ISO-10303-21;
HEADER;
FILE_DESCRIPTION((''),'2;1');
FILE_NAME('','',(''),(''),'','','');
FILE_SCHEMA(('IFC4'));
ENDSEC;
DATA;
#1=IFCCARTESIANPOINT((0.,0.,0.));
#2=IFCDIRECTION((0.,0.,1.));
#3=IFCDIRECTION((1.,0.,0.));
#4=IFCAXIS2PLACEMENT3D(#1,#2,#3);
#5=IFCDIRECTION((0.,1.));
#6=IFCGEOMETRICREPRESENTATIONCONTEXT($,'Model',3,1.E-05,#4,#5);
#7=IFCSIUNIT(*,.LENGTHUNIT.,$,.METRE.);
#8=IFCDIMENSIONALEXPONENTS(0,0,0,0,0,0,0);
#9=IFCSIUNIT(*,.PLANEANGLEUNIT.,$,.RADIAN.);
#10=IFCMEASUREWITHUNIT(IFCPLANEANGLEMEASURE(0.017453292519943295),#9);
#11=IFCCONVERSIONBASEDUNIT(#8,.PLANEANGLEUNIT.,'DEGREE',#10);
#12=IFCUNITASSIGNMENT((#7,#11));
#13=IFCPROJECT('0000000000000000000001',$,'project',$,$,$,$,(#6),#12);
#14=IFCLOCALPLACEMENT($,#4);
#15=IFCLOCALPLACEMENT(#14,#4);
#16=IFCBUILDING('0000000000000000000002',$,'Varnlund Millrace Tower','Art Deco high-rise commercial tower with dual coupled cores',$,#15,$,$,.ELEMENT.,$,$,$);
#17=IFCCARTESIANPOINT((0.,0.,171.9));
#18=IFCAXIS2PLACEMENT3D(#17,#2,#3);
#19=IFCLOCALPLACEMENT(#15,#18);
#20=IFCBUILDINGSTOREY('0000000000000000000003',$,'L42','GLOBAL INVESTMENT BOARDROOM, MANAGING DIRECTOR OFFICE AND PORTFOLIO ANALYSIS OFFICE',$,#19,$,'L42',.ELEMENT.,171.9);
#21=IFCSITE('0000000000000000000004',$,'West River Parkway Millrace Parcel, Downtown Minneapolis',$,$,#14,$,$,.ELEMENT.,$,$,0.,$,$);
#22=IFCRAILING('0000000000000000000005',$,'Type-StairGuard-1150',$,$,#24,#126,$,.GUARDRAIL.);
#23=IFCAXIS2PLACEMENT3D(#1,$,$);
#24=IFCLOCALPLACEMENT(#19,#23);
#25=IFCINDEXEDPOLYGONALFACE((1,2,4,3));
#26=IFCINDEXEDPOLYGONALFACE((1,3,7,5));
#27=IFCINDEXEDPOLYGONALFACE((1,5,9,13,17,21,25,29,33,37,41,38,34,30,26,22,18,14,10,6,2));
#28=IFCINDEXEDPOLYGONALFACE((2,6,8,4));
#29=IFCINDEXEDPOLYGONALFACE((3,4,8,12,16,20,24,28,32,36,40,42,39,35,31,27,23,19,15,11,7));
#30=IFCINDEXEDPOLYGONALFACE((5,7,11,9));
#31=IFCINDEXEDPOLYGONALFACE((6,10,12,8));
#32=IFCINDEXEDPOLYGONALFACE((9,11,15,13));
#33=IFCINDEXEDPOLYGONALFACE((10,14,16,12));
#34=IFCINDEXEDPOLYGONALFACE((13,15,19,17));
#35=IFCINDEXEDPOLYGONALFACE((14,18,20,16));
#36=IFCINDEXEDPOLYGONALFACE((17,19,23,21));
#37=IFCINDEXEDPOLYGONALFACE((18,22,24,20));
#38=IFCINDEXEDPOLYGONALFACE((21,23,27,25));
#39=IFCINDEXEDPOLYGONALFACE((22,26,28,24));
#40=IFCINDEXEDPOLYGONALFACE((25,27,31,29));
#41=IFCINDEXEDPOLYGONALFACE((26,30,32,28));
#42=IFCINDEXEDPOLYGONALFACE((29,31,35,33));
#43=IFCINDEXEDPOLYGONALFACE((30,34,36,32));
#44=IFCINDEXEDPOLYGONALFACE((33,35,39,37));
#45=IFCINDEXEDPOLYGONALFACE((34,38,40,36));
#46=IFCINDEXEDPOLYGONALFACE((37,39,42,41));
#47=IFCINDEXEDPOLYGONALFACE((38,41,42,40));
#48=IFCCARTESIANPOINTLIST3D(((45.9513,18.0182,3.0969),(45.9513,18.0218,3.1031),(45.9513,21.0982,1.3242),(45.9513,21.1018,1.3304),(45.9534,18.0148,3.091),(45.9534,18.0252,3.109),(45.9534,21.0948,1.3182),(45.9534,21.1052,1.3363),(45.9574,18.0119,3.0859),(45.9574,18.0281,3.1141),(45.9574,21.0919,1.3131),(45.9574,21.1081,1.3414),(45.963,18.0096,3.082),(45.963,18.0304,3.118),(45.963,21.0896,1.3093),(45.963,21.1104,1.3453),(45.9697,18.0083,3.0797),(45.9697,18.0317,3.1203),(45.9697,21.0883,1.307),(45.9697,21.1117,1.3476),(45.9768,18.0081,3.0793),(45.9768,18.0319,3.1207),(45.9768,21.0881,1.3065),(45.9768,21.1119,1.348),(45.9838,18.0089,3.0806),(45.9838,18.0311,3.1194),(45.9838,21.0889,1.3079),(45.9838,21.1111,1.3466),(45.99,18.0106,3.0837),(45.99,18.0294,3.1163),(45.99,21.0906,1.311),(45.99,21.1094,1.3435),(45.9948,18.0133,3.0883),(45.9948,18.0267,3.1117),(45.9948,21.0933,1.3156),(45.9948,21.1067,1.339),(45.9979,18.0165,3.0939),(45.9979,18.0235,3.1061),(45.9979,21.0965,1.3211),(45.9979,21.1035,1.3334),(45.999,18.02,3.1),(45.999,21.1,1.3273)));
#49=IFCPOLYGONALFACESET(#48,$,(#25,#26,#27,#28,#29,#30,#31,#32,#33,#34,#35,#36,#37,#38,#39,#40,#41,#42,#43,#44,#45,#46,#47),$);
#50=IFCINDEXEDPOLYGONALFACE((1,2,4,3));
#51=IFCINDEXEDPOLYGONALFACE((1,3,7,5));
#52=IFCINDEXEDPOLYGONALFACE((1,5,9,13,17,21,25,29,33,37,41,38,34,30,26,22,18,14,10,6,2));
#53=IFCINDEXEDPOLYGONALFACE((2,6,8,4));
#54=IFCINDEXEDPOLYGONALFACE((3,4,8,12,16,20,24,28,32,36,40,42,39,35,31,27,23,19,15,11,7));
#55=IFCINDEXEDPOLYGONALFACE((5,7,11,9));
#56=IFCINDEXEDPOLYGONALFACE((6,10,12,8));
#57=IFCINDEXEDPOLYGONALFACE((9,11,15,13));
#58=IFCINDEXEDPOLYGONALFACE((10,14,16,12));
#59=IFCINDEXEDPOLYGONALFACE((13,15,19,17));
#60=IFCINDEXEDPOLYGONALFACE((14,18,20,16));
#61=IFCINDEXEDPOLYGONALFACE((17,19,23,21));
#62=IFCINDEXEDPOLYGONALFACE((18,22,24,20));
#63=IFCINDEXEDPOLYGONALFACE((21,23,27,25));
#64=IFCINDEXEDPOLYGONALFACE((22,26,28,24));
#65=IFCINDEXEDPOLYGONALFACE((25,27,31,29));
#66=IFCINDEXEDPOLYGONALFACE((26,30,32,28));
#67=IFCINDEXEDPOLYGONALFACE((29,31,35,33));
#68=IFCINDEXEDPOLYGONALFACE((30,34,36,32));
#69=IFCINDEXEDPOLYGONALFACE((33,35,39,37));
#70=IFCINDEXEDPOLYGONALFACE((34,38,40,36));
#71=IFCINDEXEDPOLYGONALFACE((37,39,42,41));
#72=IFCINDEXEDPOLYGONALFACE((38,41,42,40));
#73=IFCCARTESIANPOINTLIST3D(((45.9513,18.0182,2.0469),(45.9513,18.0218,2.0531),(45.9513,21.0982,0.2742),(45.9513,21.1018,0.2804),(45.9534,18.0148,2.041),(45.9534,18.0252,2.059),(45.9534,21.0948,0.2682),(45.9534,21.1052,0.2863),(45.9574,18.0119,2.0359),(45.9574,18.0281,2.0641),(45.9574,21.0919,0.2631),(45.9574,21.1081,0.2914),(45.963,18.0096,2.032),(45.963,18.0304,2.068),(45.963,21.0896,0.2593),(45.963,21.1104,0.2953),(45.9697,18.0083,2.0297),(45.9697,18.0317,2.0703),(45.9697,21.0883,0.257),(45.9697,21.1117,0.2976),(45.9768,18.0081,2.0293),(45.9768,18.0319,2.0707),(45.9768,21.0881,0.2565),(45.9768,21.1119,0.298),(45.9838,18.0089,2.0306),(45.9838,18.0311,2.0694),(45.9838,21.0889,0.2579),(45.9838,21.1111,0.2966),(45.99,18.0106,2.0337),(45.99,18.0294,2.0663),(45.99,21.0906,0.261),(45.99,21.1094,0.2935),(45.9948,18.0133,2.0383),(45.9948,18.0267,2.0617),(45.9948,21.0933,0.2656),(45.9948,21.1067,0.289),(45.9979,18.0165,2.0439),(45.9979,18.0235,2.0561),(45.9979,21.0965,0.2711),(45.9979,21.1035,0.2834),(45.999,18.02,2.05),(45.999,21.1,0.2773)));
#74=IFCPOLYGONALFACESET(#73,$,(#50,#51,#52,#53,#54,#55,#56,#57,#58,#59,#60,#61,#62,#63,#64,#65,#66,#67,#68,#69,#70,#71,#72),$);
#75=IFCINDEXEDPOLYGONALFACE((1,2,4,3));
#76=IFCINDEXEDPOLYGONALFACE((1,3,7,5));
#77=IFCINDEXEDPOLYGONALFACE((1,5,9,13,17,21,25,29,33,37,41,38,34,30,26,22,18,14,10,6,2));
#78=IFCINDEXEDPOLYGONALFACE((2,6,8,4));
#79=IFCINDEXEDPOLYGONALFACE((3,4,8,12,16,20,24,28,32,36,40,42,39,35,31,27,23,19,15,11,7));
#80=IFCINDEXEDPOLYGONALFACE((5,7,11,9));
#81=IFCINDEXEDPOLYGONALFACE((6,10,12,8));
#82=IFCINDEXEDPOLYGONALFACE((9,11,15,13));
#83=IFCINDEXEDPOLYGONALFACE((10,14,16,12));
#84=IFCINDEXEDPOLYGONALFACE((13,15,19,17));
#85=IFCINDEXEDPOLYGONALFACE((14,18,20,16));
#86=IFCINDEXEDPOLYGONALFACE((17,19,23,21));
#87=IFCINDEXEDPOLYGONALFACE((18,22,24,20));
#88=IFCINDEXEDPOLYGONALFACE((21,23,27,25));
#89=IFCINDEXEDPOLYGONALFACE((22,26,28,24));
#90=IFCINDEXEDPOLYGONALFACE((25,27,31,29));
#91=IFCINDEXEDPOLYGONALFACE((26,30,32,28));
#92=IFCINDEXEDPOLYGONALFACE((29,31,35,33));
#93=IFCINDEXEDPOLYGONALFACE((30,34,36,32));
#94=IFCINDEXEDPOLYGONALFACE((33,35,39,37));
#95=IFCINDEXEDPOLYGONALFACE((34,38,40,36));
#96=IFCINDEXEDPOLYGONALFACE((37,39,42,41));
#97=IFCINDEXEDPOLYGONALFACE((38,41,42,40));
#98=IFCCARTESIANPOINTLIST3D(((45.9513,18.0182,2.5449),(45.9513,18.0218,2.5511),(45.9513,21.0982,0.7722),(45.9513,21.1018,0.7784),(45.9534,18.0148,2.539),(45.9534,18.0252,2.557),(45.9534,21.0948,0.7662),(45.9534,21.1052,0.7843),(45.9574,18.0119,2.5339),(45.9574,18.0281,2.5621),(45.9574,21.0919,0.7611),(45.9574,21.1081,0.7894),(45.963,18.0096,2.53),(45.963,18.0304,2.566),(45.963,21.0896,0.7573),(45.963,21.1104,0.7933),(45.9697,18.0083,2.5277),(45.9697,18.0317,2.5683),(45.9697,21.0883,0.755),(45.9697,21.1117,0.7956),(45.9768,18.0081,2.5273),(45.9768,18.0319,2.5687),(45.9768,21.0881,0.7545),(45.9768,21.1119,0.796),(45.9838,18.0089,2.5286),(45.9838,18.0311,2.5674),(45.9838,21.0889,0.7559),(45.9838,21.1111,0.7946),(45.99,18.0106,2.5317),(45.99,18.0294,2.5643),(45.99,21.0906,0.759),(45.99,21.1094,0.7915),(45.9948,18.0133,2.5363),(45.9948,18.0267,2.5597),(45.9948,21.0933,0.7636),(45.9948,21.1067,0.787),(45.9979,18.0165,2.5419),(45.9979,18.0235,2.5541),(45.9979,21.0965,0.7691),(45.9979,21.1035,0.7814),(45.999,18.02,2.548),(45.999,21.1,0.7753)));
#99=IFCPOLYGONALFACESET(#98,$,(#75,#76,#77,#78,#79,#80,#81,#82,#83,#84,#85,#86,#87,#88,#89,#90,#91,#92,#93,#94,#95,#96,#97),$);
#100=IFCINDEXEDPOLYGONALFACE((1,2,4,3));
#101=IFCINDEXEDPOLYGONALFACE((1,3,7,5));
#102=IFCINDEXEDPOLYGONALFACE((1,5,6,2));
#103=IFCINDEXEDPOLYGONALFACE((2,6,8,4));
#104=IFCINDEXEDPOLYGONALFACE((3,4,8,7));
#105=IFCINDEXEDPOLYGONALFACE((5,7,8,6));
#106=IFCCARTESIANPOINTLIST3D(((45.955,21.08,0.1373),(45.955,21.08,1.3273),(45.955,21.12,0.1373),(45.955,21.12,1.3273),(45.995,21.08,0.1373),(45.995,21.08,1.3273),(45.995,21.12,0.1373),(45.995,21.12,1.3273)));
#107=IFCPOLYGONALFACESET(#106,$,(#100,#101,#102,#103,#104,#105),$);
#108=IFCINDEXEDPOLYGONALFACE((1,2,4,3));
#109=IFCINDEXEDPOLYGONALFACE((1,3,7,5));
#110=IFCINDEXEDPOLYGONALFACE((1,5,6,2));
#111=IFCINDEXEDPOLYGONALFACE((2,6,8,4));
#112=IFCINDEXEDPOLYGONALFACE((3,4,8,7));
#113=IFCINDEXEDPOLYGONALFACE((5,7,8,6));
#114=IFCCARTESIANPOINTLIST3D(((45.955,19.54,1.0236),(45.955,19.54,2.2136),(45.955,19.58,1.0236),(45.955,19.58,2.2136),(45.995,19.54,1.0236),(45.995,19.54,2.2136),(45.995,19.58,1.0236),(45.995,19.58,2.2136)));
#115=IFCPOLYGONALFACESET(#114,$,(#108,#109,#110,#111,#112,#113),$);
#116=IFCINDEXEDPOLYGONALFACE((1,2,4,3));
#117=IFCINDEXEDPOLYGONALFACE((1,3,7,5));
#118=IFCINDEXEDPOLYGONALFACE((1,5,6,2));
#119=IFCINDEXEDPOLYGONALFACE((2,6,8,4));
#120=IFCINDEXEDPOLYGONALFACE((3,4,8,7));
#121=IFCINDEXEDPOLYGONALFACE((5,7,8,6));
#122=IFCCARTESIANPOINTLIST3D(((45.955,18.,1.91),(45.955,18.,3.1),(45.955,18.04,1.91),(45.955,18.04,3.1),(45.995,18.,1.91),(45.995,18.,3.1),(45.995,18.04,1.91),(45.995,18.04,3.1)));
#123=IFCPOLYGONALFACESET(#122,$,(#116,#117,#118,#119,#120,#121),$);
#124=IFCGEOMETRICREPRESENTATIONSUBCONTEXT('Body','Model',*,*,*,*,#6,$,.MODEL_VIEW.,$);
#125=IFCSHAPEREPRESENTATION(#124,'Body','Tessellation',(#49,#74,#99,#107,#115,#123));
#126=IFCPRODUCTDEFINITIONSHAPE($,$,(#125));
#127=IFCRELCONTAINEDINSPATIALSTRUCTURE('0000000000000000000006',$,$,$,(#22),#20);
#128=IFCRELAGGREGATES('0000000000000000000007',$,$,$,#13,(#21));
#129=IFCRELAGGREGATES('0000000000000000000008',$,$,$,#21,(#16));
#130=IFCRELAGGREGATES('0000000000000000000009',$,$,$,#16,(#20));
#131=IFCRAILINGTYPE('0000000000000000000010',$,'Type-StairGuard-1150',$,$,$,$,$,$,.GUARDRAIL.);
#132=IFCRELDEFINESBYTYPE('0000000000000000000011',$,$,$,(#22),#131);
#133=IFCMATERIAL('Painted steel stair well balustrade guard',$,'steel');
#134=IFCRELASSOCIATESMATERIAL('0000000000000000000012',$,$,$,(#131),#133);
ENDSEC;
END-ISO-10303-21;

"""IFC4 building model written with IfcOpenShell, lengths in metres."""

from ifc_helpers import new_model, entity, si_unit, converted_unit, direction, frame, origin_with_axes, origin_2d_with_axis, place, context, subcontext, project, spatial, rectangle, circle, extrude, material, type_object, element, save


model = new_model("IFC4")

# Units and contexts
model_context = context("Model", 3, precision=1e-05, world=origin_with_axes(), true_north=direction((0.0, 1.0)))
body_context = subcontext(model_context, "Body", "Model", "MODEL_VIEW")
ifc_project = project(units=[si_unit("LENGTHUNIT", "METRE"), converted_unit("PLANEANGLEUNIT", "DEGREE", entity("IfcPlaneAngleMeasure", 0.017453292519943295), si_unit("PLANEANGLEUNIT", "RADIAN"), dimensions=[0, 0, 0, 0, 0, 0, 0])], contexts=[model_context])

# Site, building, storey
site_placement = place(None, origin_with_axes())
site = spatial("IfcSite", under=ifc_project, at=site_placement, Name="West River Parkway Millrace Parcel, Downtown Minneapolis", CompositionType="ELEMENT", RefElevation=0.0)
building_placement = place(site_placement, origin_with_axes())
building = spatial("IfcBuilding", under=site, at=building_placement, Name="Varnlund Millrace Tower", Description="Art Deco high-rise commercial tower with dual coupled cores", CompositionType="ELEMENT")
storey_placement = place(building_placement, frame((0.0, 0.0, 171.9), z_axis=(0.0, 0.0, 1.0), x_axis=(1.0, 0.0, 0.0)))
storey = spatial("IfcBuildingStorey", under=building, at=storey_placement, Name="L42", Description="GLOBAL INVESTMENT BOARDROOM, MANAGING DIRECTOR OFFICE AND PORTFOLIO ANALYSIS OFFICE", LongName="L42", CompositionType="ELEMENT", Elevation=171.9)

# Railing
ifc_material_1 = material(Name="Painted steel stair well balustrade guard", Category="steel")
railing_type_1 = type_object("IfcRailingType", Name="Type-StairGuard-1150", PredefinedType="GUARDRAIL", material=ifc_material_1)
railing_1_placement = place(storey_placement, frame((0.0, 0.0, -171.9), z_axis=(0.0, 0.0, 1.0), x_axis=(1.0, 0.0, 0.0)))
element("IfcRailing", 1, at=railing_1_placement, inside=storey, type_object=railing_type_1, Name="Type-StairGuard-1150", PredefinedType="GUARDRAIL", context=body_context, shape_type="SweptSolid", body=[
    extrude(circle(Radius=0.024, at=origin_2d_with_axis()), frame((45.975, 21.1, 173.2273), z_axis=(0.0, -0.866696, 0.498836), x_axis=(1.0, 0.0, 0.0)), (0.0, 0.0, 1.0), 3.5537),
    extrude(circle(Radius=0.024, at=origin_2d_with_axis()), frame((45.975, 21.1, 172.1773), z_axis=(0.0, -0.866696, 0.498836), x_axis=(1.0, 0.0, 0.0)), (0.0, 0.0, 1.0), 3.5537),
    extrude(circle(Radius=0.024, at=origin_2d_with_axis()), frame((45.975, 21.1, 172.6753), z_axis=(0.0, -0.866696, 0.498836), x_axis=(1.0, 0.0, 0.0)), (0.0, 0.0, 1.0), 3.5537),
    extrude(rectangle(XDim=0.04, YDim=0.04, at=origin_2d_with_axis()), frame((45.975, 21.1, 172.0373), z_axis=(0.0, 0.0, 1.0), x_axis=(1.0, 0.0, 0.0)), (0.0, 0.0, 1.0), 1.19),
    extrude(rectangle(XDim=0.04, YDim=0.04, at=origin_2d_with_axis()), frame((45.975, 19.56, 172.9236), z_axis=(0.0, 0.0, 1.0), x_axis=(1.0, 0.0, 0.0)), (0.0, 0.0, 1.0), 1.19),
    extrude(rectangle(XDim=0.04, YDim=0.04, at=origin_2d_with_axis()), frame((45.975, 18.02, 173.81), z_axis=(0.0, 0.0, 1.0), x_axis=(1.0, 0.0, 0.0)), (0.0, 0.0, 1.0), 1.19),
])

save(model, "model.ifc")
